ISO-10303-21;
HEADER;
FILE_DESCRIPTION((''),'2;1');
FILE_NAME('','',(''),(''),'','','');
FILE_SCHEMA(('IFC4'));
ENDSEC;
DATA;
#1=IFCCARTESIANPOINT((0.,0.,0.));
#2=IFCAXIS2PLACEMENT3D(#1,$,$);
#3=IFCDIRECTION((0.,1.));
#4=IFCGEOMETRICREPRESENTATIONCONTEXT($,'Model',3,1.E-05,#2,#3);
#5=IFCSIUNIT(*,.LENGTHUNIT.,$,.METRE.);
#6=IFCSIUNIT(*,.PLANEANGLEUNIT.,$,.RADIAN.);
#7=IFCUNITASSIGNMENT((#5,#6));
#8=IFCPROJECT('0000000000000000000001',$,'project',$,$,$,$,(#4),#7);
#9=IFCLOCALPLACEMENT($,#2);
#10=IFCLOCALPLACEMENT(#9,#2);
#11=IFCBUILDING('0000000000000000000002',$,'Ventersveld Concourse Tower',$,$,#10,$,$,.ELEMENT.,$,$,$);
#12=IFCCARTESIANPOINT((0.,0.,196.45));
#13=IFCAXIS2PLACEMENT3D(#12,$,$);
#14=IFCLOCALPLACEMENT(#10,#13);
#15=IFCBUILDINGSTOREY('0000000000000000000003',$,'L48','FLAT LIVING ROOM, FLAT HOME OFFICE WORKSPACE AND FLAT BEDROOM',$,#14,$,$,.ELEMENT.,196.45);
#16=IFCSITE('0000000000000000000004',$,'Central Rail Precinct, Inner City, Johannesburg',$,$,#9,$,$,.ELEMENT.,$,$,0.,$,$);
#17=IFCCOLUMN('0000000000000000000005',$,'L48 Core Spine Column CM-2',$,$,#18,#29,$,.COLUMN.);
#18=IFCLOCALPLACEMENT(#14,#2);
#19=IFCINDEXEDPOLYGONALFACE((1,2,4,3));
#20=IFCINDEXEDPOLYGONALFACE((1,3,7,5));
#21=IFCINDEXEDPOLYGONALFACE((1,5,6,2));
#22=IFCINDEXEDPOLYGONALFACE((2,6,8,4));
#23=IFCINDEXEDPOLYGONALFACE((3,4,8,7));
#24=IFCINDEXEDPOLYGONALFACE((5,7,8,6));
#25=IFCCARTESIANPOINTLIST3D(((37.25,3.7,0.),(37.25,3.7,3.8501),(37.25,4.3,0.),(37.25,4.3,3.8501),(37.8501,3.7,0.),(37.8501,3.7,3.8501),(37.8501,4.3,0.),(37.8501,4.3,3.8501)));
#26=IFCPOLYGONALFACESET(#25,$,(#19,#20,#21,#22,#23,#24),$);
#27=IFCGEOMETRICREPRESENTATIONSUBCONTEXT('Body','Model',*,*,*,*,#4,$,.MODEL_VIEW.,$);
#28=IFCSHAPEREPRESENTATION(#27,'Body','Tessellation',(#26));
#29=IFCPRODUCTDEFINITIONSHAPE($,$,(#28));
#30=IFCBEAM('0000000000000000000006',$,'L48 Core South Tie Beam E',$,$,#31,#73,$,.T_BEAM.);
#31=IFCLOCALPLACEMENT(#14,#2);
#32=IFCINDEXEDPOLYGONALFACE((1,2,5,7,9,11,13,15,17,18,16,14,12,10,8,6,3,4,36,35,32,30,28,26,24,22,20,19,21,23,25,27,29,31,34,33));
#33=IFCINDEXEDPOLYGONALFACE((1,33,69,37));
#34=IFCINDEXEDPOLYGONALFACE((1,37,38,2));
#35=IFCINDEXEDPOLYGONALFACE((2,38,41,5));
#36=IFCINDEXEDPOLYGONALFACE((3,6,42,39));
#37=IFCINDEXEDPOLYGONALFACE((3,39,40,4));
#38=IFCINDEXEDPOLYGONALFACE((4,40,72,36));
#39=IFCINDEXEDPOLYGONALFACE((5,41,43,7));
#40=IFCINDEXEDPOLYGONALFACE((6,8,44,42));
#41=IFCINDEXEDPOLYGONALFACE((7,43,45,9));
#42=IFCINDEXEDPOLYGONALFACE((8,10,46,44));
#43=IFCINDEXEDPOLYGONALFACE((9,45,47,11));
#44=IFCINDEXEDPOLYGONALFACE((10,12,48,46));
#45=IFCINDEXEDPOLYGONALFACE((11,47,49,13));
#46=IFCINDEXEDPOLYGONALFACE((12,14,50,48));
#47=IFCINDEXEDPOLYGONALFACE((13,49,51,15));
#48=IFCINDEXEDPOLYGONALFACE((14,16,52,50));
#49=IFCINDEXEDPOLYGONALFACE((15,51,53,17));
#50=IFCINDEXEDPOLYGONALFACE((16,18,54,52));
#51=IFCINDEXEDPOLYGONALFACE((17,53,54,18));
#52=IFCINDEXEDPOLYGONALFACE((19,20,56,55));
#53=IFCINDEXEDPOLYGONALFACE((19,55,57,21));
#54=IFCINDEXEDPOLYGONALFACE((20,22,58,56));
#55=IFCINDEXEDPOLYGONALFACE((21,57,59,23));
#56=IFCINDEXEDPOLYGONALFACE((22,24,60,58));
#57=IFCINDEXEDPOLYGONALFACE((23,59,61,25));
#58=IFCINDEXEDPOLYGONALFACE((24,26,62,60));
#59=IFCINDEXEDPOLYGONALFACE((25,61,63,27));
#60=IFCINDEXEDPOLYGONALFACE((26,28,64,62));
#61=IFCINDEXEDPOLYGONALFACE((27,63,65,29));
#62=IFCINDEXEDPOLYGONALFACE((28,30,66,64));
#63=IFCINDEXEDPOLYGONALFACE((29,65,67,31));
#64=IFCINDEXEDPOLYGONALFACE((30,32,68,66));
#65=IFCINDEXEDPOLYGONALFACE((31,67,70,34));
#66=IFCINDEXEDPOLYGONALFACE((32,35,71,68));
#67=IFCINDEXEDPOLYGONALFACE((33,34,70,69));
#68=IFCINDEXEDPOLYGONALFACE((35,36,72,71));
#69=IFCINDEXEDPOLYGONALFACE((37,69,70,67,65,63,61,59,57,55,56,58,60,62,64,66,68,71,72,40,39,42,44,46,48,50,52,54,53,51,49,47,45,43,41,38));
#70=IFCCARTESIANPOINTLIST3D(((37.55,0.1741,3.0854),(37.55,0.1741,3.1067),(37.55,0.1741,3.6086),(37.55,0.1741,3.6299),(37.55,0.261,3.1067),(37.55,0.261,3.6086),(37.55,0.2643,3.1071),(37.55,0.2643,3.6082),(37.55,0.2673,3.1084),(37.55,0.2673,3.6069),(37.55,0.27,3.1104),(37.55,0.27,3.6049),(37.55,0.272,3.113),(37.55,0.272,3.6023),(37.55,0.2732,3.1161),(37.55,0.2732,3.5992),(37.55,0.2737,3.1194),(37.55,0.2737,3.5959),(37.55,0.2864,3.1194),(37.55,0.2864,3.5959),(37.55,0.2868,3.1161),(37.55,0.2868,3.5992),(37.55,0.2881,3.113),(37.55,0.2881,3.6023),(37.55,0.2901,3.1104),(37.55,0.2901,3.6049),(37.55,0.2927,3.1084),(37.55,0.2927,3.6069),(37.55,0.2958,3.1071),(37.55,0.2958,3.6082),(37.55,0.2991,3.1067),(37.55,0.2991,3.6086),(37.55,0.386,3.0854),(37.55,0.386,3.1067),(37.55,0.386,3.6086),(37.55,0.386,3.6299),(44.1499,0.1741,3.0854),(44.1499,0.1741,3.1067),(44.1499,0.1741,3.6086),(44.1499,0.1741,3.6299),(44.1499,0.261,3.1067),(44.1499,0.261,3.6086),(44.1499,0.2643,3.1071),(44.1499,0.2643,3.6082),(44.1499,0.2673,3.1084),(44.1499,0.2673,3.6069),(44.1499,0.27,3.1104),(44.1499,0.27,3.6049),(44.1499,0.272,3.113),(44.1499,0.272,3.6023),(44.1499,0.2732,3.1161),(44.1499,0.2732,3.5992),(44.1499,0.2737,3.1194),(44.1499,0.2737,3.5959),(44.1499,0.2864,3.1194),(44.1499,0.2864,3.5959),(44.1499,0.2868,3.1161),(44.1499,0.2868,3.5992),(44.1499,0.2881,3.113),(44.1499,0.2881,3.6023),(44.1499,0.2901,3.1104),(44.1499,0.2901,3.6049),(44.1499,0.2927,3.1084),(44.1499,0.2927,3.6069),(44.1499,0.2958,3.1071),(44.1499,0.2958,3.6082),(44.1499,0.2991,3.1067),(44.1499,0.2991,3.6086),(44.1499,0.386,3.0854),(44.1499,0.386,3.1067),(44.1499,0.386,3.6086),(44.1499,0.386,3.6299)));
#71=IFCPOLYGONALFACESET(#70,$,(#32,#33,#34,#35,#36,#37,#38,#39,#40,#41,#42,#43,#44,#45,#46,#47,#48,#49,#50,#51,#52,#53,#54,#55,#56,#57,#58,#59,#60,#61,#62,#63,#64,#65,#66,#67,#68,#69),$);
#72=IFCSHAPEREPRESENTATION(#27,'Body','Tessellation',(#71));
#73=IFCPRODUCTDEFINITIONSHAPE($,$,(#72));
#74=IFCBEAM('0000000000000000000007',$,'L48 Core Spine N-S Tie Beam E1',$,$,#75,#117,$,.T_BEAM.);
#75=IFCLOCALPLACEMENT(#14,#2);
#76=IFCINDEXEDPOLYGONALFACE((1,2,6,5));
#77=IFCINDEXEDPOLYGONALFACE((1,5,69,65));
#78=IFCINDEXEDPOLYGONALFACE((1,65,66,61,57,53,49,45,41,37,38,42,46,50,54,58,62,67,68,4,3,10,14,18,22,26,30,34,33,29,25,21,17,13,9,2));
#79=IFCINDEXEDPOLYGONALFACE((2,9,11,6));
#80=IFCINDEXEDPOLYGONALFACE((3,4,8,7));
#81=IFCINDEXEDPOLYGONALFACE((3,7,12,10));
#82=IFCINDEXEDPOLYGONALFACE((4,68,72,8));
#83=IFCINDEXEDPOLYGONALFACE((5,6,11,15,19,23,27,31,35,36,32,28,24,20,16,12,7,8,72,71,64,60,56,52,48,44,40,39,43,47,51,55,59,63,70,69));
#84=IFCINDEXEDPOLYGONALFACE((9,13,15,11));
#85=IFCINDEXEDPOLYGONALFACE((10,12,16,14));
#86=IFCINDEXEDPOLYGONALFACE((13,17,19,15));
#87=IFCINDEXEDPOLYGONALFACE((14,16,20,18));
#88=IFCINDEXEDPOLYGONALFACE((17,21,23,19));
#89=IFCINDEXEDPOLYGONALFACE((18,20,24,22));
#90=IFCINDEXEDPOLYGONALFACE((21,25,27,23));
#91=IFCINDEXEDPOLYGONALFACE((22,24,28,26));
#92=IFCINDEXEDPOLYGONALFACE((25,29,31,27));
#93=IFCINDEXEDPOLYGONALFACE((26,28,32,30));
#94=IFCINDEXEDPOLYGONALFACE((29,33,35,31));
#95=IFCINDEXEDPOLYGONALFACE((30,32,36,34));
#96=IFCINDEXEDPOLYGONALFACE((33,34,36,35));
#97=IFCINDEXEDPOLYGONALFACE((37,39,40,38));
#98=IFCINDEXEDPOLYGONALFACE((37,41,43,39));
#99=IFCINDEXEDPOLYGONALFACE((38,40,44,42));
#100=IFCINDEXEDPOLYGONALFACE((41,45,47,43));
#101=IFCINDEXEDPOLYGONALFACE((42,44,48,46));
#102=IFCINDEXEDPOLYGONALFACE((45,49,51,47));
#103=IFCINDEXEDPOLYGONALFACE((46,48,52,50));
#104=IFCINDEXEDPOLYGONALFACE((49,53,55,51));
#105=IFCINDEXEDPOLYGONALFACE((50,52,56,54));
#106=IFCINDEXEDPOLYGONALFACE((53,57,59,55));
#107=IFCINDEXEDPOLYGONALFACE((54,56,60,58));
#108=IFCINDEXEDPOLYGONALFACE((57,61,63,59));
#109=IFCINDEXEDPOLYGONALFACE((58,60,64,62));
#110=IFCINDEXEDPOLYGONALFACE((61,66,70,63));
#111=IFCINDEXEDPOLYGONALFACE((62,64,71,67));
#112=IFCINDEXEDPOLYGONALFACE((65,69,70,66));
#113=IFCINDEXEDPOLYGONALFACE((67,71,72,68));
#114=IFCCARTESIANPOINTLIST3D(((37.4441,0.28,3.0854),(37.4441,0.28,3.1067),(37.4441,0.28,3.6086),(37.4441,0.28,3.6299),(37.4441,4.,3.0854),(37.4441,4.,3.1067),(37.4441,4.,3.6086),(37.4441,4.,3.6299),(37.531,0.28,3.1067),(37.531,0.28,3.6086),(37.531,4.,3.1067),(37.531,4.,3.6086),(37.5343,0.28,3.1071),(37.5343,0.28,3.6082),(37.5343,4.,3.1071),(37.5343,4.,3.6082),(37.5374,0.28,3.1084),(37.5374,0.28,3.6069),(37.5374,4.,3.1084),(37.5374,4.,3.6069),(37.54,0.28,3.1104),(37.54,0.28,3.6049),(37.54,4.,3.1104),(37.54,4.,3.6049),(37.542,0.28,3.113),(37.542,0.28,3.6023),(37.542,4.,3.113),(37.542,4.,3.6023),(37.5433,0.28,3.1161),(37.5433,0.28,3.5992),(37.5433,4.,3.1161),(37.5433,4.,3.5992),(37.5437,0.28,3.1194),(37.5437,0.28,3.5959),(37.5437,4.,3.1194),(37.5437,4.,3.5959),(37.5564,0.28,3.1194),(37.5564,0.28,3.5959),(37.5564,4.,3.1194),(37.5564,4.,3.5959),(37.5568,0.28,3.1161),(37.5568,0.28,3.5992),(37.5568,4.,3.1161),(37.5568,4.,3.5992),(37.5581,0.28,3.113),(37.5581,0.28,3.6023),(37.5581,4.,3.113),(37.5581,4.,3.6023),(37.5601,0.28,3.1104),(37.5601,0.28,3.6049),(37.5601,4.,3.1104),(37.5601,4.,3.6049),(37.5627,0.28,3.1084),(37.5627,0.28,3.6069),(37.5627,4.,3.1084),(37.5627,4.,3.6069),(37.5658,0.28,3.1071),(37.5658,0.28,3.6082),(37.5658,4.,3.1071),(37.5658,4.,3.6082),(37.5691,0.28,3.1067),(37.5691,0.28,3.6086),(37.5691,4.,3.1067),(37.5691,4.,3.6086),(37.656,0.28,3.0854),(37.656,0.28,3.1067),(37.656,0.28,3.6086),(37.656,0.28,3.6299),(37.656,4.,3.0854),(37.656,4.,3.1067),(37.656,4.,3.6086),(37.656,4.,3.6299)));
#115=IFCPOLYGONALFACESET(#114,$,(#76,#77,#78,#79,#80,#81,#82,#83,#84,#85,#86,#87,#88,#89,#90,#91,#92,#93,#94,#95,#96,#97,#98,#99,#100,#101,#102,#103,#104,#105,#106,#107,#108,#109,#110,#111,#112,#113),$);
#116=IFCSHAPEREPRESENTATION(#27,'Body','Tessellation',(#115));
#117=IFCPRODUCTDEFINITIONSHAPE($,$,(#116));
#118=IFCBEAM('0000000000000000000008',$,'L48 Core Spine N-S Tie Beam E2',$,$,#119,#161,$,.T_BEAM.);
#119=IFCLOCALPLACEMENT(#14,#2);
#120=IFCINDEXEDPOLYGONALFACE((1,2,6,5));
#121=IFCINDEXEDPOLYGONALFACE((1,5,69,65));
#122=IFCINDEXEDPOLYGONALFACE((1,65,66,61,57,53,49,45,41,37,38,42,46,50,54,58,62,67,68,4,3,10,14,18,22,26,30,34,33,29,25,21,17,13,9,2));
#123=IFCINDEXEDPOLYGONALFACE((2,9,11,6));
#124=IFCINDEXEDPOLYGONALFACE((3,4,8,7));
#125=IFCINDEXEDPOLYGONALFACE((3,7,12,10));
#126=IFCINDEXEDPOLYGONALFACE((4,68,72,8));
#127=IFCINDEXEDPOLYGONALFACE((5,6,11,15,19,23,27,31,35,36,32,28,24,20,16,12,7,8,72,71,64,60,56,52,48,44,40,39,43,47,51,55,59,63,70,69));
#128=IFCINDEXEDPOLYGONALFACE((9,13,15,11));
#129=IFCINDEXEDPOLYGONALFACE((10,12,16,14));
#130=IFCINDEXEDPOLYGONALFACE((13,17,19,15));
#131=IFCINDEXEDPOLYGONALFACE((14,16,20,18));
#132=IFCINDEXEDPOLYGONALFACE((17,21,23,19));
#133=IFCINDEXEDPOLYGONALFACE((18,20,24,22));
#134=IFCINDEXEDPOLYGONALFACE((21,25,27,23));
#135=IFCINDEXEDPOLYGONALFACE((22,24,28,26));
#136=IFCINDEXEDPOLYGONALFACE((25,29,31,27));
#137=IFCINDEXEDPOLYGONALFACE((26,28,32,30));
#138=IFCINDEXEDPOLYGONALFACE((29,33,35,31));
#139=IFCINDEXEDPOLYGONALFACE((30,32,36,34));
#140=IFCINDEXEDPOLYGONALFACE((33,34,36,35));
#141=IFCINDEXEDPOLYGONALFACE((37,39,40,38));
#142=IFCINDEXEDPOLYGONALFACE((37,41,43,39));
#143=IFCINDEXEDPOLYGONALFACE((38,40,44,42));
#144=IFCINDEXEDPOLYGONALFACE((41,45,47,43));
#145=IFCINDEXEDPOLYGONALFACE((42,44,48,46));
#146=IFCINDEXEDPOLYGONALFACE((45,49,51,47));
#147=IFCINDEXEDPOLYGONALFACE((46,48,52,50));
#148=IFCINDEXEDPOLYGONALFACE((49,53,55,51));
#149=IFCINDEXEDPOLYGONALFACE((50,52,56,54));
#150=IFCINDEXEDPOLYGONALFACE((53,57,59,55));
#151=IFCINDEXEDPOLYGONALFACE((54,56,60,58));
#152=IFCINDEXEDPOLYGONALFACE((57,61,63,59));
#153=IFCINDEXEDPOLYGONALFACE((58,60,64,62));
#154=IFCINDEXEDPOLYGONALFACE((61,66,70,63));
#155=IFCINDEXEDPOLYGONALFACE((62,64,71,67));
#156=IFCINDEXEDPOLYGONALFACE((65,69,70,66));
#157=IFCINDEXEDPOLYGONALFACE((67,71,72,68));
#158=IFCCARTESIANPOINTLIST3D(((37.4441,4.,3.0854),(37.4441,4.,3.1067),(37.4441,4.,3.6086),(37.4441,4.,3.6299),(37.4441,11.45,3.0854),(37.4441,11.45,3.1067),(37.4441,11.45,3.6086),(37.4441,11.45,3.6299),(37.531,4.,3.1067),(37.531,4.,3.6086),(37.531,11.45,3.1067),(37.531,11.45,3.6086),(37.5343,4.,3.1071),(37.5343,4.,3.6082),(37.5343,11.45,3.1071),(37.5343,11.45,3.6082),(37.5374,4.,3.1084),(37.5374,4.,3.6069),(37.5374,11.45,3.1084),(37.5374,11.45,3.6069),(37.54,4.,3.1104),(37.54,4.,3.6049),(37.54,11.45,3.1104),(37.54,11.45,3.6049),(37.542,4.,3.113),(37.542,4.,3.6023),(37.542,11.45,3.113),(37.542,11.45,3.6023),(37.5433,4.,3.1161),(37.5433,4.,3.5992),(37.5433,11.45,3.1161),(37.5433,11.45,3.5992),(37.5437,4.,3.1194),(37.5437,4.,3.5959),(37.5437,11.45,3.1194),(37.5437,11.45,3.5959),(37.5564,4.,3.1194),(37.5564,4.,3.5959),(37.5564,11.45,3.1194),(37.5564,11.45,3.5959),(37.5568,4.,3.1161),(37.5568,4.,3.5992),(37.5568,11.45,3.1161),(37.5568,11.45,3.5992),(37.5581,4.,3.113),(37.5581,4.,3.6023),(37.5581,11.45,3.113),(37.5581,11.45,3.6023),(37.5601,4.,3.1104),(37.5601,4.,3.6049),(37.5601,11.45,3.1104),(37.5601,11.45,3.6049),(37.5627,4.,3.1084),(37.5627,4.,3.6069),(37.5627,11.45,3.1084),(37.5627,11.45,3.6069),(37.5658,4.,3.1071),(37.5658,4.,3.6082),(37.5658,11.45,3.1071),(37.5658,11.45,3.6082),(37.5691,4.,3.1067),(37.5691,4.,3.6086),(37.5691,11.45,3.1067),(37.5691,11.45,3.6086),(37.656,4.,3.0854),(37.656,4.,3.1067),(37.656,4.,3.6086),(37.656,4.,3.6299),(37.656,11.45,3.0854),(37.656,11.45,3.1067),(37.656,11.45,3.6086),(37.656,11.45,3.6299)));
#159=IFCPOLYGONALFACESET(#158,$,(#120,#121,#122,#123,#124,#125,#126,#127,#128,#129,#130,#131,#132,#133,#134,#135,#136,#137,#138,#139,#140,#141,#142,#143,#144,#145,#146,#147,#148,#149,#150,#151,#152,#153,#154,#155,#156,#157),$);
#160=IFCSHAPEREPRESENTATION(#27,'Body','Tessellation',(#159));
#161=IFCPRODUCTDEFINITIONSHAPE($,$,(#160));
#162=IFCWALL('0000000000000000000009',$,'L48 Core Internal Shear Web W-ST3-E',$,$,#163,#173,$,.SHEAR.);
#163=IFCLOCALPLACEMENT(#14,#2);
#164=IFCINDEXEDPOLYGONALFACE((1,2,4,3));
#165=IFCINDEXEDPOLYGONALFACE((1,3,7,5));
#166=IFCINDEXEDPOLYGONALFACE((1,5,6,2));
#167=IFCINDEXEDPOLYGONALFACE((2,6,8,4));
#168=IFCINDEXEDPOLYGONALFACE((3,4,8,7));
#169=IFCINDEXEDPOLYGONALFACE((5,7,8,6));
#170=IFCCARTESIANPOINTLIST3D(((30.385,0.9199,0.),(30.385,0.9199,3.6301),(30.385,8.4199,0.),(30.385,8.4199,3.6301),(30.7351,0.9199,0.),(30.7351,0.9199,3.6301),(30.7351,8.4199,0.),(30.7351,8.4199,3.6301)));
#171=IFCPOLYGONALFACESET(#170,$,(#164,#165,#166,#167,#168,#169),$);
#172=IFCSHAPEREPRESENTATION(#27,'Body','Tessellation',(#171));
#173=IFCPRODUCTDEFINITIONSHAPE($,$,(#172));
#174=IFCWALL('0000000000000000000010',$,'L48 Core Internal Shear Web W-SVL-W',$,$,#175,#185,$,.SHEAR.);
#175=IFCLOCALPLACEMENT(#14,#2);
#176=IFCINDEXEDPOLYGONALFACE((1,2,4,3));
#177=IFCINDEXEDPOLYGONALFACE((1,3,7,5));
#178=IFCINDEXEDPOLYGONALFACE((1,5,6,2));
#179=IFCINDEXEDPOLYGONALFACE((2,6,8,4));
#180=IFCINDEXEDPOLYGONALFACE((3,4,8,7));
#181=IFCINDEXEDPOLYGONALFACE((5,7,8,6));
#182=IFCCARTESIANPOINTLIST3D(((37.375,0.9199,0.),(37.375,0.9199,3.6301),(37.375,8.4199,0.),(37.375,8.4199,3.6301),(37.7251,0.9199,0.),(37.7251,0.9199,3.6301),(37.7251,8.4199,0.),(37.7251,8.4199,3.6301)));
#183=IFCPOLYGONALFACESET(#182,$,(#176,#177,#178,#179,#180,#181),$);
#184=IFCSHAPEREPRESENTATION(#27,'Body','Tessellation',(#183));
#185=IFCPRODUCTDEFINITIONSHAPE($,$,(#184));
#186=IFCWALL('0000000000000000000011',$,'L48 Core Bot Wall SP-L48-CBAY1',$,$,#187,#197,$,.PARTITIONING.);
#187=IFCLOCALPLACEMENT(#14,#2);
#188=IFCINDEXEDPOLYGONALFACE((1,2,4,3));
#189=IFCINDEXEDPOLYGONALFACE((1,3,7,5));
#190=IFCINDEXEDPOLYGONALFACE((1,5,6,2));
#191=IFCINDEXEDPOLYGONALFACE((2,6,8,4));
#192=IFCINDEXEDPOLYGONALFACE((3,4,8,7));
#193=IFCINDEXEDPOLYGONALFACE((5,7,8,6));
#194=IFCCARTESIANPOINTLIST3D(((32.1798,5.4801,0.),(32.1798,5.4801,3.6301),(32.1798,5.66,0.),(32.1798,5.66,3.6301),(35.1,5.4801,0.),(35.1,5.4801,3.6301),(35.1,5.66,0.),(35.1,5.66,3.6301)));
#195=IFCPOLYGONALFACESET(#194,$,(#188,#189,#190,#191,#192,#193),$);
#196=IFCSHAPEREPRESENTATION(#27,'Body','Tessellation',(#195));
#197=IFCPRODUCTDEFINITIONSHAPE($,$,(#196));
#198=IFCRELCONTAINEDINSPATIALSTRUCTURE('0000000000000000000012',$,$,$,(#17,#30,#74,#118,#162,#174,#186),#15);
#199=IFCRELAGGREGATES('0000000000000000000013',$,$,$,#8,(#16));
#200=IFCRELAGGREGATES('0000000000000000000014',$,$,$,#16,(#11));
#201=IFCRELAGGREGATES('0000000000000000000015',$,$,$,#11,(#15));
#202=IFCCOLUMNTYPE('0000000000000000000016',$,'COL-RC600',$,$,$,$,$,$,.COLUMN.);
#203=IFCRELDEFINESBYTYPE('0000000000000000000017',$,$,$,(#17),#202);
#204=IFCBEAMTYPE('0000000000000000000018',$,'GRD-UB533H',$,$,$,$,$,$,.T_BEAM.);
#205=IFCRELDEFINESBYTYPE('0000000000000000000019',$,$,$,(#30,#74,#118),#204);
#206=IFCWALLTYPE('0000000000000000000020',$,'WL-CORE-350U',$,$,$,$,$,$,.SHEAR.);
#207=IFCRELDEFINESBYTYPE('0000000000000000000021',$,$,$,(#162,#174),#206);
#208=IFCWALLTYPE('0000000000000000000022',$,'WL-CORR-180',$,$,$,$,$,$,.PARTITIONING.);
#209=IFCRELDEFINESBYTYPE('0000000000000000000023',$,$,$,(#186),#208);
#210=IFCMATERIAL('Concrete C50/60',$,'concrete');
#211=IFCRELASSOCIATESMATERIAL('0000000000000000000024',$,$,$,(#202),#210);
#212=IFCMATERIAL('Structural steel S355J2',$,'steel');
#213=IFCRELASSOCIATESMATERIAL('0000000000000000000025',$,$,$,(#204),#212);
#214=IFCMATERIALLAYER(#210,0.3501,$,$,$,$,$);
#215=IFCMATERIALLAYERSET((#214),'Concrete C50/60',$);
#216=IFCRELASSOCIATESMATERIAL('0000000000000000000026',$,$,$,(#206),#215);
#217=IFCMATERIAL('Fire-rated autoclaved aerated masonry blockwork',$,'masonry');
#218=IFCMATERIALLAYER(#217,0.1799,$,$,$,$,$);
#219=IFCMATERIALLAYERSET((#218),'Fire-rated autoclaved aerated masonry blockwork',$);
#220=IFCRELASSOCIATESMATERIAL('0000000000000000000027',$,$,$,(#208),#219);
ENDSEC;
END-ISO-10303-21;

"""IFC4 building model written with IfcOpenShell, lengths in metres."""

from ifc_helpers import new_model, si_unit, direction, frame, frame_2d, origin, origin_2d, place, context, subcontext, project, spatial, rectangle, i_section, extrude, material, layer, layer_set, material_profile, profile_set, type_object, element, save


model = new_model("IFC4")

# Units and contexts
model_context = context("Model", 3, precision=1e-05, world=origin(), true_north=direction((0.0, 1.0)))
body_context = subcontext(model_context, "Body", "Model", "MODEL_VIEW")
ifc_project = project(units=[si_unit("LENGTHUNIT", "METRE"), si_unit("PLANEANGLEUNIT", "RADIAN")], contexts=[model_context])

# Site, building, storey
site_placement = place(None, origin())
site = spatial("IfcSite", under=ifc_project, at=site_placement, Name="Central Rail Precinct, Inner City, Johannesburg", CompositionType="ELEMENT", RefElevation=0.0)
building_placement = place(site_placement, origin())
building = spatial("IfcBuilding", under=site, at=building_placement, Name="Ventersveld Concourse Tower", CompositionType="ELEMENT")
storey_placement = place(building_placement, frame((0.0, 0.0, 196.45)))
storey = spatial("IfcBuildingStorey", under=building, at=storey_placement, Name="L48", Description="FLAT LIVING ROOM, FLAT HOME OFFICE WORKSPACE AND FLAT BEDROOM", CompositionType="ELEMENT", Elevation=196.45)

# Column
ifc_material_1 = material(Name="Concrete C50/60", Category="concrete")
ifc_material_profile_1 = material_profile(ifc_material_1, rectangle(XDim=0.6001, YDim=0.6001, at=origin_2d()), Name="RC 600x600")
ifc_profile_set_1 = profile_set([ifc_material_profile_1], Name="Concrete C50/60")
column_type = type_object("IfcColumnType", Name="COL-RC600", PredefinedType="COLUMN", material=ifc_profile_set_1)
column_placement = place(storey_placement, frame((37.55, 4.0, 0.0), z_axis=(0.0, 0.0, 1.0), x_axis=(1.0, 0.0, 0.0)))
element("IfcColumn", 1, at=column_placement, inside=storey, type_object=column_type, Name="L48 Core Spine Column CM-2", PredefinedType="COLUMN", context=body_context, shape_type="SweptSolid", body=[
    extrude(rectangle(XDim=0.6001, YDim=0.6001, at=origin_2d()), origin(), (0.0, 0.0, 1.0), 3.8501),
])

# Beams
ifc_material_2 = material(Name="Structural steel S355J2", Category="steel")
ifc_material_profile_2 = material_profile(ifc_material_2, i_section(OverallWidth=0.2119, OverallDepth=0.5444, WebThickness=0.0127, FlangeThickness=0.0212, FilletRadius=0.0127, at=origin_2d()), Name="UB 533x210x122")
ifc_profile_set_2 = profile_set([ifc_material_profile_2], Name="Structural steel S355J2")
beam_type = type_object("IfcBeamType", Name="GRD-UB533H", PredefinedType="T_BEAM", material=ifc_profile_set_2)
beam_1_placement = place(storey_placement, frame((37.55, 0.28, 3.3577), z_axis=(1.0, 0.0, 0.0), x_axis=(0.0, 1.0, 0.0)))
element("IfcBeam", 2, at=beam_1_placement, inside=storey, type_object=beam_type, Name="L48 Core South Tie Beam E", PredefinedType="T_BEAM", context=body_context, shape_type="SweptSolid", body=[
    extrude(i_section(OverallWidth=0.2119, OverallDepth=0.5444, WebThickness=0.0127, FlangeThickness=0.0212, FilletRadius=0.0127, at=origin_2d()), origin(), (0.0, 0.0, 1.0), 6.5999),
])
beam_2_placement = place(storey_placement, frame((37.55, 0.28, 3.3577), z_axis=(0.0, 1.0, 0.0), x_axis=(-1.0, 0.0, 0.0)))
element("IfcBeam", 3, at=beam_2_placement, inside=storey, type_object=beam_type, Name="L48 Core Spine N-S Tie Beam E1", PredefinedType="T_BEAM", context=body_context, shape_type="SweptSolid", body=[
    extrude(i_section(OverallWidth=0.2119, OverallDepth=0.5444, WebThickness=0.0127, FlangeThickness=0.0212, FilletRadius=0.0127, at=origin_2d()), origin(), (0.0, 0.0, 1.0), 3.72),
])
beam_3_placement = place(storey_placement, frame((37.55, 4.0, 3.3577), z_axis=(0.0, 1.0, 0.0), x_axis=(-1.0, 0.0, 0.0)))
element("IfcBeam", 4, at=beam_3_placement, inside=storey, type_object=beam_type, Name="L48 Core Spine N-S Tie Beam E2", PredefinedType="T_BEAM", context=body_context, shape_type="SweptSolid", body=[
    extrude(i_section(OverallWidth=0.2119, OverallDepth=0.5444, WebThickness=0.0127, FlangeThickness=0.0212, FilletRadius=0.0127, at=origin_2d()), origin(), (0.0, 0.0, 1.0), 7.45),
])

# Walls
ifc_layer_1 = layer(ifc_material_1, 0.3501)
ifc_layer_set_1 = layer_set([ifc_layer_1], Name="Concrete C50/60")
wall_type_1 = type_object("IfcWallType", Name="WL-CORE-350U", PredefinedType="SHEAR", material=ifc_layer_set_1)
for number, where, z_axis, x_axis, name in (
    (5, (30.5601, 0.9199, 0.0), (0.0, 0.0, 1.0), (0.0, 1.0, 0.0), "L48 Core Internal Shear Web W-ST3-E"),
    (6, (37.55, 0.9199, 0.0), (0.0, 0.0, 1.0), (0.0, 1.0, 0.0), "L48 Core Internal Shear Web W-SVL-W"),
):
    element("IfcWall", number, at=place(storey_placement, frame(where, z_axis=z_axis, x_axis=x_axis)), inside=storey, type_object=wall_type_1, Name=name, PredefinedType="SHEAR", context=body_context, shape_type="SweptSolid", body=[
        extrude(rectangle(XDim=7.5, YDim=0.3501, at=frame_2d((3.75, 0.0))), origin(), (0.0, 0.0, 1.0), 3.6301),
    ])
ifc_material_3 = material(Name="Fire-rated autoclaved aerated masonry blockwork", Category="masonry")
ifc_layer_2 = layer(ifc_material_3, 0.1799)
ifc_layer_set_2 = layer_set([ifc_layer_2], Name="Fire-rated autoclaved aerated masonry blockwork")
wall_type_2 = type_object("IfcWallType", Name="WL-CORR-180", PredefinedType="PARTITIONING", material=ifc_layer_set_2)
wall_1_placement = place(storey_placement, frame((32.1799, 5.5701, 0.0), z_axis=(0.0, 0.0, 1.0), x_axis=(1.0, 0.0, 0.0)))
element("IfcWall", 7, at=wall_1_placement, inside=storey, type_object=wall_type_2, Name="L48 Core Bot Wall SP-L48-CBAY1", PredefinedType="PARTITIONING", context=body_context, shape_type="SweptSolid", body=[
    extrude(rectangle(XDim=2.9202, YDim=0.1799, at=frame_2d((1.46, 0.0))), origin(), (0.0, 0.0, 1.0), 3.6301),
])

save(model, "model.ifc")
